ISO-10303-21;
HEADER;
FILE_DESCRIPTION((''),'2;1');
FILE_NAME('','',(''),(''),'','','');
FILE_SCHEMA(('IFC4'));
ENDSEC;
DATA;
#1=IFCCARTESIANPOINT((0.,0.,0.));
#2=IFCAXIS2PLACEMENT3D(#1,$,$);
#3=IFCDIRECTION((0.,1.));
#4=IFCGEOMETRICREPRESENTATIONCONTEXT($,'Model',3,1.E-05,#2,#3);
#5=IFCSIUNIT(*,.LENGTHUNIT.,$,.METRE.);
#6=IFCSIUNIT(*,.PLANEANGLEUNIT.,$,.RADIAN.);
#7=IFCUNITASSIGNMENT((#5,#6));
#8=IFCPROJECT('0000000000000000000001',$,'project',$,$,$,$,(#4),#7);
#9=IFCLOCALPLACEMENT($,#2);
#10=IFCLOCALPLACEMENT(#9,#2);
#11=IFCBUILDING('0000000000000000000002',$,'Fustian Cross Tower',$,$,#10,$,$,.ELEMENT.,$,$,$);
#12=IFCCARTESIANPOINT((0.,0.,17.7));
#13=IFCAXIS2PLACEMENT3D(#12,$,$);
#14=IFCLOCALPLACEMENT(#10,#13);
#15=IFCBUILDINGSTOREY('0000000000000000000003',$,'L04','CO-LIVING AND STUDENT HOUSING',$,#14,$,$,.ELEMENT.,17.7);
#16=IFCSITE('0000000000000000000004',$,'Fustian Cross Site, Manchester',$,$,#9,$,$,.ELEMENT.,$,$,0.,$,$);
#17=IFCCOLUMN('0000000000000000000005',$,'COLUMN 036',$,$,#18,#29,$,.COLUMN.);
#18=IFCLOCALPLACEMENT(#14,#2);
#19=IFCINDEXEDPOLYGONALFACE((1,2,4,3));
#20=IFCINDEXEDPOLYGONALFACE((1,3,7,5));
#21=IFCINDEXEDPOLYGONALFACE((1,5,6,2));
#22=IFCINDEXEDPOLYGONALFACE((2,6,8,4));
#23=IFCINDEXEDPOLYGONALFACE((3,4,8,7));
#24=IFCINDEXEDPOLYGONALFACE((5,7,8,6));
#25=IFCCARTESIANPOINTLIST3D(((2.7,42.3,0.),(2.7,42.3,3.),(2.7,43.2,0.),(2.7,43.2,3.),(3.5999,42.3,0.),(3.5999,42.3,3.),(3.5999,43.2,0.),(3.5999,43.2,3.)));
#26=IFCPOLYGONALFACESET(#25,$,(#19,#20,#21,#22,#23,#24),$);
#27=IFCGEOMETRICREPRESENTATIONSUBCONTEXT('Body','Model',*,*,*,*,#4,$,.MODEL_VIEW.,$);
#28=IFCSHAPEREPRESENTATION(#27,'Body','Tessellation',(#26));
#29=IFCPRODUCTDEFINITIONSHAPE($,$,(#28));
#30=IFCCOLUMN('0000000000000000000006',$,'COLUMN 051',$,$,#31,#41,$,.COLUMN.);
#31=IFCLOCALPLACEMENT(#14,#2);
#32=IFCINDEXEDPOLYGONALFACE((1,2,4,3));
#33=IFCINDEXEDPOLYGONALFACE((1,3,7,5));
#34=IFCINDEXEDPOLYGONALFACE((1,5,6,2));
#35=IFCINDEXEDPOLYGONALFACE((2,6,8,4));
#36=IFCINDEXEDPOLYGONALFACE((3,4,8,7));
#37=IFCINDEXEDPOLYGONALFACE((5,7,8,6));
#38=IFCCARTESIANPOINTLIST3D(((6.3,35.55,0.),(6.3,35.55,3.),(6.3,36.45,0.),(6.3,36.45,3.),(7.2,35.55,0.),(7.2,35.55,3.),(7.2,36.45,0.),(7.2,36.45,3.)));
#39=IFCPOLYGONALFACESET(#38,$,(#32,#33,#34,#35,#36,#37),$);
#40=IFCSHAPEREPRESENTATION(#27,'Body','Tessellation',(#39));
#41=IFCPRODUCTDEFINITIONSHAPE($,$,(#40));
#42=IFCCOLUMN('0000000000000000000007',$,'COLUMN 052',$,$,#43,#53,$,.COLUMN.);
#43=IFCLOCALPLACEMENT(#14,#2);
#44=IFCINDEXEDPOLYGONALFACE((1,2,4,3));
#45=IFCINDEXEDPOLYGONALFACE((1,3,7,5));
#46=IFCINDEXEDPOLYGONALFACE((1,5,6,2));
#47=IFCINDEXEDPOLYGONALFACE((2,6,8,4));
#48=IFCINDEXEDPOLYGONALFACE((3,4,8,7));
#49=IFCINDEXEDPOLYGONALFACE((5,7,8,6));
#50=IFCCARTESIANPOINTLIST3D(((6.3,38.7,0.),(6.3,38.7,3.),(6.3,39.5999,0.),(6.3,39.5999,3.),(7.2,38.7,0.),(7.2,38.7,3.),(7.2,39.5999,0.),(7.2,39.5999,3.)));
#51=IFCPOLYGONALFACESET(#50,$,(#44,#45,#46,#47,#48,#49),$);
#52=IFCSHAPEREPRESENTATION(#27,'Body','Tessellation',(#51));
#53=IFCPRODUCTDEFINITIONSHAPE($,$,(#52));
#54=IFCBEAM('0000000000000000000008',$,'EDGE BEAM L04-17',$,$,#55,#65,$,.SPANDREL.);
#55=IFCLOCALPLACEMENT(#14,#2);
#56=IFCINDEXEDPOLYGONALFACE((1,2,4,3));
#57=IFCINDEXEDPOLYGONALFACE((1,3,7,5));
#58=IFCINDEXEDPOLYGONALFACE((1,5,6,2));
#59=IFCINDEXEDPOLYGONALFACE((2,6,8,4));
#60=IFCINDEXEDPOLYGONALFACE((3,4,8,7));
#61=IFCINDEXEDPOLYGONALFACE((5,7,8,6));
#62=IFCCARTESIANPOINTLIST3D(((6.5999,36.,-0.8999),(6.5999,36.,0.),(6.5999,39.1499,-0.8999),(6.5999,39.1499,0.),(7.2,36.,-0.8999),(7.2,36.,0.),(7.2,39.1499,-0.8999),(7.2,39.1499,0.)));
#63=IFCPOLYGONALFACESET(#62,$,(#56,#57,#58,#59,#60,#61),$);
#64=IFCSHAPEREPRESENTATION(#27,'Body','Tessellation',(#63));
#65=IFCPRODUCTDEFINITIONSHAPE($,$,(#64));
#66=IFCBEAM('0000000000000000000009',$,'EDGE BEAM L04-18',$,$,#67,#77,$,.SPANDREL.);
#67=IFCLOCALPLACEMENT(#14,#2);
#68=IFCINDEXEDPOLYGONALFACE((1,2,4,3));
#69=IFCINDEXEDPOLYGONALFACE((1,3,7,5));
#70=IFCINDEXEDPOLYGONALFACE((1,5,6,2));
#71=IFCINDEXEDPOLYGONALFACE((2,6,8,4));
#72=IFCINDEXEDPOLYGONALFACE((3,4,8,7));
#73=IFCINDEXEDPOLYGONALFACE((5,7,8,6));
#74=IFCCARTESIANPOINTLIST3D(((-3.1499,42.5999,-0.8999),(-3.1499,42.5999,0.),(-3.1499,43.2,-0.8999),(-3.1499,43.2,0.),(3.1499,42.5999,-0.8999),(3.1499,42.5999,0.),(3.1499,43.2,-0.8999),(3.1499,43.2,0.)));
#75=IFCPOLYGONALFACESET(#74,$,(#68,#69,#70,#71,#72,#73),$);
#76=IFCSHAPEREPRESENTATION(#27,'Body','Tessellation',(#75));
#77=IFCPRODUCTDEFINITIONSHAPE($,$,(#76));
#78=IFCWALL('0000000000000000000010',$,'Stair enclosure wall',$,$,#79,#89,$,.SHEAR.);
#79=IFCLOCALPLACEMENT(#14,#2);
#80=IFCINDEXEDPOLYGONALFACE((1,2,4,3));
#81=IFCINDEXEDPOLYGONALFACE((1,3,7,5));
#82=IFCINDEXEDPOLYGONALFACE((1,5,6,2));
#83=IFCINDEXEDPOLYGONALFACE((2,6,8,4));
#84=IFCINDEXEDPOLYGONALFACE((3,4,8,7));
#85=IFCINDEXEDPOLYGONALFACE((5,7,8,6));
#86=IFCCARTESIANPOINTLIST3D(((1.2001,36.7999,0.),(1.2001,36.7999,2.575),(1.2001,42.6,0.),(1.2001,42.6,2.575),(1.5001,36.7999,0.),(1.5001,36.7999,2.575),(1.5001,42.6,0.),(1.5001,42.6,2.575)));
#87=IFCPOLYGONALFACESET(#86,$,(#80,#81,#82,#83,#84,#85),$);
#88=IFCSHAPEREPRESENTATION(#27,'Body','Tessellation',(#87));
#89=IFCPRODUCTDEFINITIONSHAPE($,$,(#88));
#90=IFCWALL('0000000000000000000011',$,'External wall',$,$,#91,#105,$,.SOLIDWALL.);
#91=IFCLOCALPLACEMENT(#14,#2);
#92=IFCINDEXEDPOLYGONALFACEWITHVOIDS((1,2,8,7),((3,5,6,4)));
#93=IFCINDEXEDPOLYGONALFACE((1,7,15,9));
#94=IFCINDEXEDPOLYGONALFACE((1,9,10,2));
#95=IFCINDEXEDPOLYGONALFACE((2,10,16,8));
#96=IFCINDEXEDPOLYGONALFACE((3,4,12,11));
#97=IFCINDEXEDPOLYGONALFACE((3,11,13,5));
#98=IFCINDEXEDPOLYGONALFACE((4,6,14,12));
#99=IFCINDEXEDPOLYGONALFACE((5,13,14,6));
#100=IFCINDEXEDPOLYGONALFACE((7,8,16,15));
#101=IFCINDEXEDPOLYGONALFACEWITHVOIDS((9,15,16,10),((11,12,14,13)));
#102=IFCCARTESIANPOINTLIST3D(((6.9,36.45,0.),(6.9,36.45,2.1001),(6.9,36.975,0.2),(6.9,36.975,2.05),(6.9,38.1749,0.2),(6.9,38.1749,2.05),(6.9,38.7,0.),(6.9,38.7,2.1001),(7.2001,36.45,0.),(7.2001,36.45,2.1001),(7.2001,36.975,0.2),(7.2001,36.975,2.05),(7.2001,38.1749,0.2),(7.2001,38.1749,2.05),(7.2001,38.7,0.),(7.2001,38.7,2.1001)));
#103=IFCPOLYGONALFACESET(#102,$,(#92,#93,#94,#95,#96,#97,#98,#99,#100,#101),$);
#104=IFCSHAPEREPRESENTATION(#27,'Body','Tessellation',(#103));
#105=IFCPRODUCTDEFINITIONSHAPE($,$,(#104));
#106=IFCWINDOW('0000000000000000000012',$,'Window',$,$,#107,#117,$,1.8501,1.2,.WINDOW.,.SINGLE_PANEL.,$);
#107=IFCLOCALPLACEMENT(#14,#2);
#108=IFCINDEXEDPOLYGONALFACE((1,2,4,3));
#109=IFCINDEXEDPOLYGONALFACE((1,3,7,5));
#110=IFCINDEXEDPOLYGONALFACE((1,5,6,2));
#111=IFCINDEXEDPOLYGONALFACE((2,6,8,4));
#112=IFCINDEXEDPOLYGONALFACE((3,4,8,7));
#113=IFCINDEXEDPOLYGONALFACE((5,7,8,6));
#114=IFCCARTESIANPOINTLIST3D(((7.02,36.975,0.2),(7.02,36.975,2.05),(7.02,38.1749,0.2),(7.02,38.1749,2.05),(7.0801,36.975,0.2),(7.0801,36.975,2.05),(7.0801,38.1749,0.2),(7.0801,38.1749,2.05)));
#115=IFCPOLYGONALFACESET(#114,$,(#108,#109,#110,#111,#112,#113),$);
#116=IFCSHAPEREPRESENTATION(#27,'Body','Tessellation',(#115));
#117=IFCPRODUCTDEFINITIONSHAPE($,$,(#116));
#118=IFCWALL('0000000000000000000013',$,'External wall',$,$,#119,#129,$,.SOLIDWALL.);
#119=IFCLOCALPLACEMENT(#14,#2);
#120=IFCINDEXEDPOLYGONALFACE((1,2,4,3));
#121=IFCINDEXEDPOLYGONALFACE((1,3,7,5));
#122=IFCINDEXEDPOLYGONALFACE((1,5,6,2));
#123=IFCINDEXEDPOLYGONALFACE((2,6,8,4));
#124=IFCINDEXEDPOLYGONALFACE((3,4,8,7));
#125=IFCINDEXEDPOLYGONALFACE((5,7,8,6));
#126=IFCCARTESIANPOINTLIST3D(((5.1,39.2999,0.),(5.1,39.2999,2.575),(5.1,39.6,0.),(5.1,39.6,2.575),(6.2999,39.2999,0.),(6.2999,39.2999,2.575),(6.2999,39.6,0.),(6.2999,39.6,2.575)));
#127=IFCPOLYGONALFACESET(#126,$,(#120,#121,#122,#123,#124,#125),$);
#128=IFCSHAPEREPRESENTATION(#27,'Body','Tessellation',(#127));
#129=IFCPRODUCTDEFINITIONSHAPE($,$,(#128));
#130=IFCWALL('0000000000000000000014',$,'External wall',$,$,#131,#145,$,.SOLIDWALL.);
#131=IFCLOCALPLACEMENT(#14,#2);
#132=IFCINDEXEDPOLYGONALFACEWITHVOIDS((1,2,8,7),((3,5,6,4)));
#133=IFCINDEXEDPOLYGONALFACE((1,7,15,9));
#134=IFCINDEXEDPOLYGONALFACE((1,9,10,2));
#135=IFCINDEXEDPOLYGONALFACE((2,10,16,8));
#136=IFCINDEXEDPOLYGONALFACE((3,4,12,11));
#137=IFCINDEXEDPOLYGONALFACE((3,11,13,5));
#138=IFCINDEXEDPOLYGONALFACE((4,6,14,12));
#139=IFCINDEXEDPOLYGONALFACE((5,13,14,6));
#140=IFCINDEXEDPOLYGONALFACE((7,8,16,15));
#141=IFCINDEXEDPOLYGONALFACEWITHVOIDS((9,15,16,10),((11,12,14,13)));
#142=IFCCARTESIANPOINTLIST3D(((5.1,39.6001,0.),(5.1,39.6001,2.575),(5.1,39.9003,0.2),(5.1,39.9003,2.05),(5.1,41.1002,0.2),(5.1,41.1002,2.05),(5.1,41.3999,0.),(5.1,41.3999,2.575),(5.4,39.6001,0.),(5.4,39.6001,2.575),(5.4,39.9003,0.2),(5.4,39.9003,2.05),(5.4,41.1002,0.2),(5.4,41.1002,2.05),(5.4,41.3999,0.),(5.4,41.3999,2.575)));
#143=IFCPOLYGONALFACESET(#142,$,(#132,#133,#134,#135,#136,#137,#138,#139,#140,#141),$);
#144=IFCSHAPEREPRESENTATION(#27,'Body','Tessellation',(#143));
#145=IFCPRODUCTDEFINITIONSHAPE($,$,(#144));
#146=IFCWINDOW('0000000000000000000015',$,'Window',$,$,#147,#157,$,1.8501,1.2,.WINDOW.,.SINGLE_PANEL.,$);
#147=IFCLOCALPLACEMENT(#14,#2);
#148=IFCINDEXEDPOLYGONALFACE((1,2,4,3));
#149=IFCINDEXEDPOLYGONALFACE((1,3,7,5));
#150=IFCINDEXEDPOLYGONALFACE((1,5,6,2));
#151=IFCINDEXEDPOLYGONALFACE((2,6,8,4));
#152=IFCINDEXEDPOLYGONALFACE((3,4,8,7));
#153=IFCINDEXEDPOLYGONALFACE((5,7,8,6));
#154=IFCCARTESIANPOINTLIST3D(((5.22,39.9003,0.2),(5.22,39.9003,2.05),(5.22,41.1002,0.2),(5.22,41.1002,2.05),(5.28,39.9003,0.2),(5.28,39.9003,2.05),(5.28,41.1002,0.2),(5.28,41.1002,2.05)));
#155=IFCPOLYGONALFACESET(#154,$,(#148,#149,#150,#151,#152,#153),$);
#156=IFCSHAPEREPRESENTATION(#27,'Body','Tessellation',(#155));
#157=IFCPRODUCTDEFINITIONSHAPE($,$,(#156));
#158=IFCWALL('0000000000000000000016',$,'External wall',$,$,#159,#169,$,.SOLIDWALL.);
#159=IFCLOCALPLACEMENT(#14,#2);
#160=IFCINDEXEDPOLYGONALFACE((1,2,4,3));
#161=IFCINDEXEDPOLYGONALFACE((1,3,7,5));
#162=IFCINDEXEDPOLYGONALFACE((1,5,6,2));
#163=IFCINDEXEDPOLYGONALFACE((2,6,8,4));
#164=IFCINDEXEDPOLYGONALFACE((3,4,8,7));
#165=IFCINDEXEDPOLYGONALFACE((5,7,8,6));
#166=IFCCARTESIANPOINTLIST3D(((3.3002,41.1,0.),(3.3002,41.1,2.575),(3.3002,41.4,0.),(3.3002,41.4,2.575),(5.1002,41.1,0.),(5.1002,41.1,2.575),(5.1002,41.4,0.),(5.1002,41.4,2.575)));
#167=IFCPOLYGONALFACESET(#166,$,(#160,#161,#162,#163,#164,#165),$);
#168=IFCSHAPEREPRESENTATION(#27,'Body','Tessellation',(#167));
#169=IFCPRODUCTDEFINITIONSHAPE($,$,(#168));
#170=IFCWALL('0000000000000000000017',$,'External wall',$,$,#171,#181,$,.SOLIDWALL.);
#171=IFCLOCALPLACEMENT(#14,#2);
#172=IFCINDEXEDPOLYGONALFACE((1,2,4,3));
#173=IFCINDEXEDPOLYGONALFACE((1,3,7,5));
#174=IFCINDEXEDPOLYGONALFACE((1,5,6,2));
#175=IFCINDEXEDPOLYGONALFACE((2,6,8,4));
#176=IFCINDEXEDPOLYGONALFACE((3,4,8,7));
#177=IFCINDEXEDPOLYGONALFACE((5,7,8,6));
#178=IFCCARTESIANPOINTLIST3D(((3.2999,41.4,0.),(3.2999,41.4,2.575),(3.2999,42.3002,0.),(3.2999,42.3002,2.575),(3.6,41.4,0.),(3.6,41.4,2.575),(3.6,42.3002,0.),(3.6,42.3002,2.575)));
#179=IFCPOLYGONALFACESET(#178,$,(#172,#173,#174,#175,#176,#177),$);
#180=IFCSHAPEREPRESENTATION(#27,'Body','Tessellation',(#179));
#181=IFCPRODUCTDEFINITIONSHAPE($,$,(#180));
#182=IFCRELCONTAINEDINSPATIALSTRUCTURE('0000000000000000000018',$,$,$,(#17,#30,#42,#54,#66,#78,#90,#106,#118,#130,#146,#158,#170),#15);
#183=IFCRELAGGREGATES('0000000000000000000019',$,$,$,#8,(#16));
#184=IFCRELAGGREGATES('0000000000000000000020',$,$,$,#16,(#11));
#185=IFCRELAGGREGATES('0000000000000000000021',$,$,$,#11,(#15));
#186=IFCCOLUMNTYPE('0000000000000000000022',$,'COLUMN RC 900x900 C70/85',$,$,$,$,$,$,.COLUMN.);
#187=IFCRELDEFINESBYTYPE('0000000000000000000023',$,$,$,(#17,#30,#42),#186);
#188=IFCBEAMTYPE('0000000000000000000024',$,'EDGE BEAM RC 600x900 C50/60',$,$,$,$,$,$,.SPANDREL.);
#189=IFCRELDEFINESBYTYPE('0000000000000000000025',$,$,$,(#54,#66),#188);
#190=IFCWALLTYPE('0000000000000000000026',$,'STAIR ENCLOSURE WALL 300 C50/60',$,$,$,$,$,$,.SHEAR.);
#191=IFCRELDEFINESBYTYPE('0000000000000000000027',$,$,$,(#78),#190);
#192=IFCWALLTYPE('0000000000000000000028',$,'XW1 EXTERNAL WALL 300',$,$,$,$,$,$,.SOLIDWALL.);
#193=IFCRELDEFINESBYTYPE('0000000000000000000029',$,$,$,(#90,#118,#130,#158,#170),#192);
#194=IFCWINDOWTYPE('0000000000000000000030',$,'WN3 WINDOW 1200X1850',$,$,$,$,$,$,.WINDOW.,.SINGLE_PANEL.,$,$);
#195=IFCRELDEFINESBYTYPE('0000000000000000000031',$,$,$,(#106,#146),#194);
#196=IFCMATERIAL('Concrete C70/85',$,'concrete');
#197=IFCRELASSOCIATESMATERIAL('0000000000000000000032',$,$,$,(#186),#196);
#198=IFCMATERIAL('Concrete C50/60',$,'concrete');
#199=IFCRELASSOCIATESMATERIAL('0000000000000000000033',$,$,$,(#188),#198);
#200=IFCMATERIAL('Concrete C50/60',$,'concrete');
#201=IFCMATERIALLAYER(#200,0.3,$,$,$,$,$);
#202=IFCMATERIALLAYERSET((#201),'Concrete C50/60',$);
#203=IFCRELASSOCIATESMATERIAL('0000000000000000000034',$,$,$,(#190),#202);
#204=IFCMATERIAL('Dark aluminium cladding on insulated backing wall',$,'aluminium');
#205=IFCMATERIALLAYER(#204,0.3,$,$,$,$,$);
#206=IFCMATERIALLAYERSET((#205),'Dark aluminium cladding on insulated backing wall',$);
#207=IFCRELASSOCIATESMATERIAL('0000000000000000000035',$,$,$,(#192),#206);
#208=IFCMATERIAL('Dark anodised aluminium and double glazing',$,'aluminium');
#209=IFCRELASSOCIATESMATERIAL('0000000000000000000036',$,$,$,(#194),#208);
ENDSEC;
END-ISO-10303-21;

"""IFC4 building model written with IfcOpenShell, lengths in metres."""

from ifc_helpers import new_model, si_unit, direction, frame, frame_2d, origin, origin_2d, place, context, subcontext, project, spatial, rectangle, extrude, material, layer, layer_set, material_profile, profile_set, type_object, element, fill, save


model = new_model("IFC4")

# Units and contexts
model_context = context("Model", 3, precision=1e-05, world=origin(), true_north=direction((0.0, 1.0)))
body_context = subcontext(model_context, "Body", "Model", "MODEL_VIEW")
ifc_project = project(units=[si_unit("LENGTHUNIT", "METRE"), si_unit("PLANEANGLEUNIT", "RADIAN")], contexts=[model_context])

# Site, building, storey
site_placement = place(None, origin())
site = spatial("IfcSite", under=ifc_project, at=site_placement, Name="Fustian Cross Site, Manchester", CompositionType="ELEMENT", RefElevation=0.0)
building_placement = place(site_placement, origin())
building = spatial("IfcBuilding", under=site, at=building_placement, Name="Fustian Cross Tower", CompositionType="ELEMENT")
storey_placement = place(building_placement, frame((0.0, 0.0, 17.7)))
storey = spatial("IfcBuildingStorey", under=building, at=storey_placement, Name="L04", Description="CO-LIVING AND STUDENT HOUSING", CompositionType="ELEMENT", Elevation=17.7)

# Columns
ifc_material_1 = material(Name="Concrete C70/85", Category="concrete")
ifc_material_profile_1 = material_profile(ifc_material_1, rectangle(XDim=0.8999, YDim=0.8999, at=origin_2d()), Name="RC 900x900")
ifc_profile_set_1 = profile_set([ifc_material_profile_1], Name="Concrete C70/85")
column_type = type_object("IfcColumnType", Name="COLUMN RC 900x900 C70/85", PredefinedType="COLUMN", material=ifc_profile_set_1)
for number, where, z_axis, x_axis, name in (
    (1, (3.1499, 42.75, 0.0), (0.0, 0.0, 1.0), (1.0, 0.0, 0.0), "COLUMN 036"),
    (2, (6.75, 36.0, 0.0), (0.0, 0.0, 1.0), (1.0, 0.0, 0.0), "COLUMN 051"),
    (3, (6.75, 39.1499, 0.0), (0.0, 0.0, 1.0), (1.0, 0.0, 0.0), "COLUMN 052"),
):
    element("IfcColumn", number, at=place(storey_placement, frame(where, z_axis=z_axis, x_axis=x_axis)), inside=storey, type_object=column_type, Name=name, PredefinedType="COLUMN", context=body_context, shape_type="SweptSolid", body=[
        extrude(rectangle(XDim=0.8999, YDim=0.8999, at=origin_2d()), origin(), (0.0, 0.0, 1.0), 3.0),
    ])

# Beams
ifc_material_2 = material(Name="Concrete C50/60", Category="concrete")
ifc_material_profile_2 = material_profile(ifc_material_2, rectangle(XDim=0.6001, YDim=0.8999, at=origin_2d()), Name="RC 600x900")
ifc_profile_set_2 = profile_set([ifc_material_profile_2], Name="Concrete C50/60")
beam_type = type_object("IfcBeamType", Name="EDGE BEAM RC 600x900 C50/60", PredefinedType="SPANDREL", material=ifc_profile_set_2)
beam_1_placement = place(storey_placement, frame((6.8999, 36.0, -0.45), z_axis=(0.0, 1.0, 0.0), x_axis=(-1.0, 0.0, 0.0)))
element("IfcBeam", 4, at=beam_1_placement, inside=storey, type_object=beam_type, Name="EDGE BEAM L04-17", PredefinedType="SPANDREL", context=body_context, shape_type="SweptSolid", body=[
    extrude(rectangle(XDim=0.6001, YDim=0.8999, at=origin_2d()), origin(), (0.0, 0.0, 1.0), 3.1499),
])
beam_2_placement = place(storey_placement, frame((3.1499, 42.8999, -0.45), z_axis=(-1.0, 0.0, 0.0), x_axis=(0.0, -1.0, 0.0)))
element("IfcBeam", 5, at=beam_2_placement, inside=storey, type_object=beam_type, Name="EDGE BEAM L04-18", PredefinedType="SPANDREL", context=body_context, shape_type="SweptSolid", body=[
    extrude(rectangle(XDim=0.6001, YDim=0.8999, at=origin_2d()), origin(), (0.0, 0.0, 1.0), 6.2998),
])

# Wall
ifc_material_3 = material(Name="Concrete C50/60", Category="concrete")
ifc_layer_1 = layer(ifc_material_3, 0.3)
ifc_layer_set_1 = layer_set([ifc_layer_1], Name="Concrete C50/60")
wall_type_1 = type_object("IfcWallType", Name="STAIR ENCLOSURE WALL 300 C50/60", PredefinedType="SHEAR", material=ifc_layer_set_1)
wall_1_placement = place(storey_placement, frame((1.3501, 36.8, 0.0), z_axis=(0.0, 0.0, 1.0), x_axis=(0.0, 1.0, 0.0)))
element("IfcWall", 6, at=wall_1_placement, inside=storey, type_object=wall_type_1, Name="Stair enclosure wall", PredefinedType="SHEAR", context=body_context, shape_type="SweptSolid", body=[
    extrude(rectangle(XDim=5.8, YDim=0.3, at=frame_2d((2.8999, 0.0))), origin(), (0.0, 0.0, 1.0), 2.575),
])

# Wall, opening, window
ifc_material_4 = material(Name="Dark aluminium cladding on insulated backing wall", Category="aluminium")
ifc_layer_2 = layer(ifc_material_4, 0.3)
ifc_layer_set_2 = layer_set([ifc_layer_2], Name="Dark aluminium cladding on insulated backing wall")
wall_type_2 = type_object("IfcWallType", Name="XW1 EXTERNAL WALL 300", PredefinedType="SOLIDWALL", material=ifc_layer_set_2)
wall_2_placement = place(storey_placement, frame((7.05, 36.45, 0.0), z_axis=(0.0, 0.0, 1.0), x_axis=(0.0, 1.0, 0.0)))
wall_2 = element("IfcWall", 7, at=wall_2_placement, inside=storey, type_object=wall_type_2, Name="External wall", PredefinedType="SOLIDWALL", context=body_context, shape_type="SweptSolid", body=[
    extrude(rectangle(XDim=2.25, YDim=0.3, at=frame_2d((1.125, 0.0))), origin(), (0.0, 0.0, 1.0), 2.1001),
])
opening_1_placement = place(wall_2_placement, frame((0.5249, 0.0, 0.2)))
opening_1 = element("IfcOpeningElement", 8, at=opening_1_placement, cuts=wall_2, PredefinedType="OPENING", context=body_context, shape_type="SweptSolid", body=[
    extrude(rectangle(XDim=1.2, YDim=1.8501, at=frame_2d((0.6001, 0.925))), frame((0.0, 0.1599, 0.0), z_axis=(0.0, -1.0, 0.0), x_axis=(1.0, 0.0, 0.0)), (0.0, 0.0, 1.0), 0.3201),
])
ifc_material_5 = material(Name="Dark anodised aluminium and double glazing", Category="aluminium")
window_type_1 = type_object("IfcWindowType", Name="WN3 WINDOW 1200X1850", PartitioningType="SINGLE_PANEL", PredefinedType="WINDOW", material=ifc_material_5)
window_1_placement = place(opening_1_placement, origin())
window_1 = element("IfcWindow", 9, at=window_1_placement, inside=storey, type_object=window_type_1, Name="Window", OverallHeight=1.8501, OverallWidth=1.2, PartitioningType="SINGLE_PANEL", PredefinedType="WINDOW", context=body_context, shape_type="SweptSolid", body=[
    extrude(rectangle(XDim=1.2, YDim=1.8501, at=frame_2d((0.6001, 0.925))), frame((0.0, 0.03, 0.0), z_axis=(0.0, -1.0, 0.0), x_axis=(1.0, 0.0, 0.0)), (0.0, 0.0, 1.0), 0.0601),
])
fill(opening_1, window_1)

# Wall
wall_3_placement = place(storey_placement, frame((6.3, 39.45, 0.0), z_axis=(0.0, 0.0, 1.0), x_axis=(-1.0, 0.0, 0.0)))
element("IfcWall", 10, at=wall_3_placement, inside=storey, type_object=wall_type_2, Name="External wall", PredefinedType="SOLIDWALL", context=body_context, shape_type="SweptSolid", body=[
    extrude(rectangle(XDim=1.2, YDim=0.3, at=frame_2d((0.6001, 0.0))), origin(), (0.0, 0.0, 1.0), 2.575),
])

# Wall, opening, window
wall_4_placement = place(storey_placement, frame((5.25, 39.6001, 0.0), z_axis=(0.0, 0.0, 1.0), x_axis=(0.0, 1.0, 0.0)))
wall_4 = element("IfcWall", 11, at=wall_4_placement, inside=storey, type_object=wall_type_2, Name="External wall", PredefinedType="SOLIDWALL", context=body_context, shape_type="SweptSolid", body=[
    extrude(rectangle(XDim=1.7998, YDim=0.3, at=frame_2d((0.8999, 0.0))), origin(), (0.0, 0.0, 1.0), 2.575),
])
opening_2_placement = place(wall_4_placement, frame((0.3, 0.0, 0.2)))
opening_2 = element("IfcOpeningElement", 12, at=opening_2_placement, cuts=wall_4, PredefinedType="OPENING", context=body_context, shape_type="SweptSolid", body=[
    extrude(rectangle(XDim=1.2, YDim=1.8501, at=frame_2d((0.6001, 0.925))), frame((0.0, 0.1599, 0.0), z_axis=(0.0, -1.0, 0.0), x_axis=(1.0, 0.0, 0.0)), (0.0, 0.0, 1.0), 0.3201),
])
window_2_placement = place(opening_2_placement, origin())
window_2 = element("IfcWindow", 13, at=window_2_placement, inside=storey, type_object=window_type_1, Name="Window", OverallHeight=1.8501, OverallWidth=1.2, PartitioningType="SINGLE_PANEL", PredefinedType="WINDOW", context=body_context, shape_type="SweptSolid", body=[
    extrude(rectangle(XDim=1.2, YDim=1.8501, at=frame_2d((0.6001, 0.925))), frame((0.0, 0.03, 0.0), z_axis=(0.0, -1.0, 0.0), x_axis=(1.0, 0.0, 0.0)), (0.0, 0.0, 1.0), 0.0601),
])
fill(opening_2, window_2)

# Walls
wall_5_placement = place(storey_placement, frame((5.1001, 41.25, 0.0), z_axis=(0.0, 0.0, 1.0), x_axis=(-1.0, 0.0, 0.0)))
element("IfcWall", 14, at=wall_5_placement, inside=storey, type_object=wall_type_2, Name="External wall", PredefinedType="SOLIDWALL", context=body_context, shape_type="SweptSolid", body=[
    extrude(rectangle(XDim=1.8, YDim=0.3, at=frame_2d((0.8999, 0.0))), origin(), (0.0, 0.0, 1.0), 2.575),
])
wall_6_placement = place(storey_placement, frame((3.45, 41.3999, 0.0), z_axis=(0.0, 0.0, 1.0), x_axis=(0.0, 1.0, 0.0)))
element("IfcWall", 15, at=wall_6_placement, inside=storey, type_object=wall_type_2, Name="External wall", PredefinedType="SOLIDWALL", context=body_context, shape_type="SweptSolid", body=[
    extrude(rectangle(XDim=0.9001, YDim=0.3, at=frame_2d((0.4502, 0.0))), origin(), (0.0, 0.0, 1.0), 2.575),
])

save(model, "model.ifc")
